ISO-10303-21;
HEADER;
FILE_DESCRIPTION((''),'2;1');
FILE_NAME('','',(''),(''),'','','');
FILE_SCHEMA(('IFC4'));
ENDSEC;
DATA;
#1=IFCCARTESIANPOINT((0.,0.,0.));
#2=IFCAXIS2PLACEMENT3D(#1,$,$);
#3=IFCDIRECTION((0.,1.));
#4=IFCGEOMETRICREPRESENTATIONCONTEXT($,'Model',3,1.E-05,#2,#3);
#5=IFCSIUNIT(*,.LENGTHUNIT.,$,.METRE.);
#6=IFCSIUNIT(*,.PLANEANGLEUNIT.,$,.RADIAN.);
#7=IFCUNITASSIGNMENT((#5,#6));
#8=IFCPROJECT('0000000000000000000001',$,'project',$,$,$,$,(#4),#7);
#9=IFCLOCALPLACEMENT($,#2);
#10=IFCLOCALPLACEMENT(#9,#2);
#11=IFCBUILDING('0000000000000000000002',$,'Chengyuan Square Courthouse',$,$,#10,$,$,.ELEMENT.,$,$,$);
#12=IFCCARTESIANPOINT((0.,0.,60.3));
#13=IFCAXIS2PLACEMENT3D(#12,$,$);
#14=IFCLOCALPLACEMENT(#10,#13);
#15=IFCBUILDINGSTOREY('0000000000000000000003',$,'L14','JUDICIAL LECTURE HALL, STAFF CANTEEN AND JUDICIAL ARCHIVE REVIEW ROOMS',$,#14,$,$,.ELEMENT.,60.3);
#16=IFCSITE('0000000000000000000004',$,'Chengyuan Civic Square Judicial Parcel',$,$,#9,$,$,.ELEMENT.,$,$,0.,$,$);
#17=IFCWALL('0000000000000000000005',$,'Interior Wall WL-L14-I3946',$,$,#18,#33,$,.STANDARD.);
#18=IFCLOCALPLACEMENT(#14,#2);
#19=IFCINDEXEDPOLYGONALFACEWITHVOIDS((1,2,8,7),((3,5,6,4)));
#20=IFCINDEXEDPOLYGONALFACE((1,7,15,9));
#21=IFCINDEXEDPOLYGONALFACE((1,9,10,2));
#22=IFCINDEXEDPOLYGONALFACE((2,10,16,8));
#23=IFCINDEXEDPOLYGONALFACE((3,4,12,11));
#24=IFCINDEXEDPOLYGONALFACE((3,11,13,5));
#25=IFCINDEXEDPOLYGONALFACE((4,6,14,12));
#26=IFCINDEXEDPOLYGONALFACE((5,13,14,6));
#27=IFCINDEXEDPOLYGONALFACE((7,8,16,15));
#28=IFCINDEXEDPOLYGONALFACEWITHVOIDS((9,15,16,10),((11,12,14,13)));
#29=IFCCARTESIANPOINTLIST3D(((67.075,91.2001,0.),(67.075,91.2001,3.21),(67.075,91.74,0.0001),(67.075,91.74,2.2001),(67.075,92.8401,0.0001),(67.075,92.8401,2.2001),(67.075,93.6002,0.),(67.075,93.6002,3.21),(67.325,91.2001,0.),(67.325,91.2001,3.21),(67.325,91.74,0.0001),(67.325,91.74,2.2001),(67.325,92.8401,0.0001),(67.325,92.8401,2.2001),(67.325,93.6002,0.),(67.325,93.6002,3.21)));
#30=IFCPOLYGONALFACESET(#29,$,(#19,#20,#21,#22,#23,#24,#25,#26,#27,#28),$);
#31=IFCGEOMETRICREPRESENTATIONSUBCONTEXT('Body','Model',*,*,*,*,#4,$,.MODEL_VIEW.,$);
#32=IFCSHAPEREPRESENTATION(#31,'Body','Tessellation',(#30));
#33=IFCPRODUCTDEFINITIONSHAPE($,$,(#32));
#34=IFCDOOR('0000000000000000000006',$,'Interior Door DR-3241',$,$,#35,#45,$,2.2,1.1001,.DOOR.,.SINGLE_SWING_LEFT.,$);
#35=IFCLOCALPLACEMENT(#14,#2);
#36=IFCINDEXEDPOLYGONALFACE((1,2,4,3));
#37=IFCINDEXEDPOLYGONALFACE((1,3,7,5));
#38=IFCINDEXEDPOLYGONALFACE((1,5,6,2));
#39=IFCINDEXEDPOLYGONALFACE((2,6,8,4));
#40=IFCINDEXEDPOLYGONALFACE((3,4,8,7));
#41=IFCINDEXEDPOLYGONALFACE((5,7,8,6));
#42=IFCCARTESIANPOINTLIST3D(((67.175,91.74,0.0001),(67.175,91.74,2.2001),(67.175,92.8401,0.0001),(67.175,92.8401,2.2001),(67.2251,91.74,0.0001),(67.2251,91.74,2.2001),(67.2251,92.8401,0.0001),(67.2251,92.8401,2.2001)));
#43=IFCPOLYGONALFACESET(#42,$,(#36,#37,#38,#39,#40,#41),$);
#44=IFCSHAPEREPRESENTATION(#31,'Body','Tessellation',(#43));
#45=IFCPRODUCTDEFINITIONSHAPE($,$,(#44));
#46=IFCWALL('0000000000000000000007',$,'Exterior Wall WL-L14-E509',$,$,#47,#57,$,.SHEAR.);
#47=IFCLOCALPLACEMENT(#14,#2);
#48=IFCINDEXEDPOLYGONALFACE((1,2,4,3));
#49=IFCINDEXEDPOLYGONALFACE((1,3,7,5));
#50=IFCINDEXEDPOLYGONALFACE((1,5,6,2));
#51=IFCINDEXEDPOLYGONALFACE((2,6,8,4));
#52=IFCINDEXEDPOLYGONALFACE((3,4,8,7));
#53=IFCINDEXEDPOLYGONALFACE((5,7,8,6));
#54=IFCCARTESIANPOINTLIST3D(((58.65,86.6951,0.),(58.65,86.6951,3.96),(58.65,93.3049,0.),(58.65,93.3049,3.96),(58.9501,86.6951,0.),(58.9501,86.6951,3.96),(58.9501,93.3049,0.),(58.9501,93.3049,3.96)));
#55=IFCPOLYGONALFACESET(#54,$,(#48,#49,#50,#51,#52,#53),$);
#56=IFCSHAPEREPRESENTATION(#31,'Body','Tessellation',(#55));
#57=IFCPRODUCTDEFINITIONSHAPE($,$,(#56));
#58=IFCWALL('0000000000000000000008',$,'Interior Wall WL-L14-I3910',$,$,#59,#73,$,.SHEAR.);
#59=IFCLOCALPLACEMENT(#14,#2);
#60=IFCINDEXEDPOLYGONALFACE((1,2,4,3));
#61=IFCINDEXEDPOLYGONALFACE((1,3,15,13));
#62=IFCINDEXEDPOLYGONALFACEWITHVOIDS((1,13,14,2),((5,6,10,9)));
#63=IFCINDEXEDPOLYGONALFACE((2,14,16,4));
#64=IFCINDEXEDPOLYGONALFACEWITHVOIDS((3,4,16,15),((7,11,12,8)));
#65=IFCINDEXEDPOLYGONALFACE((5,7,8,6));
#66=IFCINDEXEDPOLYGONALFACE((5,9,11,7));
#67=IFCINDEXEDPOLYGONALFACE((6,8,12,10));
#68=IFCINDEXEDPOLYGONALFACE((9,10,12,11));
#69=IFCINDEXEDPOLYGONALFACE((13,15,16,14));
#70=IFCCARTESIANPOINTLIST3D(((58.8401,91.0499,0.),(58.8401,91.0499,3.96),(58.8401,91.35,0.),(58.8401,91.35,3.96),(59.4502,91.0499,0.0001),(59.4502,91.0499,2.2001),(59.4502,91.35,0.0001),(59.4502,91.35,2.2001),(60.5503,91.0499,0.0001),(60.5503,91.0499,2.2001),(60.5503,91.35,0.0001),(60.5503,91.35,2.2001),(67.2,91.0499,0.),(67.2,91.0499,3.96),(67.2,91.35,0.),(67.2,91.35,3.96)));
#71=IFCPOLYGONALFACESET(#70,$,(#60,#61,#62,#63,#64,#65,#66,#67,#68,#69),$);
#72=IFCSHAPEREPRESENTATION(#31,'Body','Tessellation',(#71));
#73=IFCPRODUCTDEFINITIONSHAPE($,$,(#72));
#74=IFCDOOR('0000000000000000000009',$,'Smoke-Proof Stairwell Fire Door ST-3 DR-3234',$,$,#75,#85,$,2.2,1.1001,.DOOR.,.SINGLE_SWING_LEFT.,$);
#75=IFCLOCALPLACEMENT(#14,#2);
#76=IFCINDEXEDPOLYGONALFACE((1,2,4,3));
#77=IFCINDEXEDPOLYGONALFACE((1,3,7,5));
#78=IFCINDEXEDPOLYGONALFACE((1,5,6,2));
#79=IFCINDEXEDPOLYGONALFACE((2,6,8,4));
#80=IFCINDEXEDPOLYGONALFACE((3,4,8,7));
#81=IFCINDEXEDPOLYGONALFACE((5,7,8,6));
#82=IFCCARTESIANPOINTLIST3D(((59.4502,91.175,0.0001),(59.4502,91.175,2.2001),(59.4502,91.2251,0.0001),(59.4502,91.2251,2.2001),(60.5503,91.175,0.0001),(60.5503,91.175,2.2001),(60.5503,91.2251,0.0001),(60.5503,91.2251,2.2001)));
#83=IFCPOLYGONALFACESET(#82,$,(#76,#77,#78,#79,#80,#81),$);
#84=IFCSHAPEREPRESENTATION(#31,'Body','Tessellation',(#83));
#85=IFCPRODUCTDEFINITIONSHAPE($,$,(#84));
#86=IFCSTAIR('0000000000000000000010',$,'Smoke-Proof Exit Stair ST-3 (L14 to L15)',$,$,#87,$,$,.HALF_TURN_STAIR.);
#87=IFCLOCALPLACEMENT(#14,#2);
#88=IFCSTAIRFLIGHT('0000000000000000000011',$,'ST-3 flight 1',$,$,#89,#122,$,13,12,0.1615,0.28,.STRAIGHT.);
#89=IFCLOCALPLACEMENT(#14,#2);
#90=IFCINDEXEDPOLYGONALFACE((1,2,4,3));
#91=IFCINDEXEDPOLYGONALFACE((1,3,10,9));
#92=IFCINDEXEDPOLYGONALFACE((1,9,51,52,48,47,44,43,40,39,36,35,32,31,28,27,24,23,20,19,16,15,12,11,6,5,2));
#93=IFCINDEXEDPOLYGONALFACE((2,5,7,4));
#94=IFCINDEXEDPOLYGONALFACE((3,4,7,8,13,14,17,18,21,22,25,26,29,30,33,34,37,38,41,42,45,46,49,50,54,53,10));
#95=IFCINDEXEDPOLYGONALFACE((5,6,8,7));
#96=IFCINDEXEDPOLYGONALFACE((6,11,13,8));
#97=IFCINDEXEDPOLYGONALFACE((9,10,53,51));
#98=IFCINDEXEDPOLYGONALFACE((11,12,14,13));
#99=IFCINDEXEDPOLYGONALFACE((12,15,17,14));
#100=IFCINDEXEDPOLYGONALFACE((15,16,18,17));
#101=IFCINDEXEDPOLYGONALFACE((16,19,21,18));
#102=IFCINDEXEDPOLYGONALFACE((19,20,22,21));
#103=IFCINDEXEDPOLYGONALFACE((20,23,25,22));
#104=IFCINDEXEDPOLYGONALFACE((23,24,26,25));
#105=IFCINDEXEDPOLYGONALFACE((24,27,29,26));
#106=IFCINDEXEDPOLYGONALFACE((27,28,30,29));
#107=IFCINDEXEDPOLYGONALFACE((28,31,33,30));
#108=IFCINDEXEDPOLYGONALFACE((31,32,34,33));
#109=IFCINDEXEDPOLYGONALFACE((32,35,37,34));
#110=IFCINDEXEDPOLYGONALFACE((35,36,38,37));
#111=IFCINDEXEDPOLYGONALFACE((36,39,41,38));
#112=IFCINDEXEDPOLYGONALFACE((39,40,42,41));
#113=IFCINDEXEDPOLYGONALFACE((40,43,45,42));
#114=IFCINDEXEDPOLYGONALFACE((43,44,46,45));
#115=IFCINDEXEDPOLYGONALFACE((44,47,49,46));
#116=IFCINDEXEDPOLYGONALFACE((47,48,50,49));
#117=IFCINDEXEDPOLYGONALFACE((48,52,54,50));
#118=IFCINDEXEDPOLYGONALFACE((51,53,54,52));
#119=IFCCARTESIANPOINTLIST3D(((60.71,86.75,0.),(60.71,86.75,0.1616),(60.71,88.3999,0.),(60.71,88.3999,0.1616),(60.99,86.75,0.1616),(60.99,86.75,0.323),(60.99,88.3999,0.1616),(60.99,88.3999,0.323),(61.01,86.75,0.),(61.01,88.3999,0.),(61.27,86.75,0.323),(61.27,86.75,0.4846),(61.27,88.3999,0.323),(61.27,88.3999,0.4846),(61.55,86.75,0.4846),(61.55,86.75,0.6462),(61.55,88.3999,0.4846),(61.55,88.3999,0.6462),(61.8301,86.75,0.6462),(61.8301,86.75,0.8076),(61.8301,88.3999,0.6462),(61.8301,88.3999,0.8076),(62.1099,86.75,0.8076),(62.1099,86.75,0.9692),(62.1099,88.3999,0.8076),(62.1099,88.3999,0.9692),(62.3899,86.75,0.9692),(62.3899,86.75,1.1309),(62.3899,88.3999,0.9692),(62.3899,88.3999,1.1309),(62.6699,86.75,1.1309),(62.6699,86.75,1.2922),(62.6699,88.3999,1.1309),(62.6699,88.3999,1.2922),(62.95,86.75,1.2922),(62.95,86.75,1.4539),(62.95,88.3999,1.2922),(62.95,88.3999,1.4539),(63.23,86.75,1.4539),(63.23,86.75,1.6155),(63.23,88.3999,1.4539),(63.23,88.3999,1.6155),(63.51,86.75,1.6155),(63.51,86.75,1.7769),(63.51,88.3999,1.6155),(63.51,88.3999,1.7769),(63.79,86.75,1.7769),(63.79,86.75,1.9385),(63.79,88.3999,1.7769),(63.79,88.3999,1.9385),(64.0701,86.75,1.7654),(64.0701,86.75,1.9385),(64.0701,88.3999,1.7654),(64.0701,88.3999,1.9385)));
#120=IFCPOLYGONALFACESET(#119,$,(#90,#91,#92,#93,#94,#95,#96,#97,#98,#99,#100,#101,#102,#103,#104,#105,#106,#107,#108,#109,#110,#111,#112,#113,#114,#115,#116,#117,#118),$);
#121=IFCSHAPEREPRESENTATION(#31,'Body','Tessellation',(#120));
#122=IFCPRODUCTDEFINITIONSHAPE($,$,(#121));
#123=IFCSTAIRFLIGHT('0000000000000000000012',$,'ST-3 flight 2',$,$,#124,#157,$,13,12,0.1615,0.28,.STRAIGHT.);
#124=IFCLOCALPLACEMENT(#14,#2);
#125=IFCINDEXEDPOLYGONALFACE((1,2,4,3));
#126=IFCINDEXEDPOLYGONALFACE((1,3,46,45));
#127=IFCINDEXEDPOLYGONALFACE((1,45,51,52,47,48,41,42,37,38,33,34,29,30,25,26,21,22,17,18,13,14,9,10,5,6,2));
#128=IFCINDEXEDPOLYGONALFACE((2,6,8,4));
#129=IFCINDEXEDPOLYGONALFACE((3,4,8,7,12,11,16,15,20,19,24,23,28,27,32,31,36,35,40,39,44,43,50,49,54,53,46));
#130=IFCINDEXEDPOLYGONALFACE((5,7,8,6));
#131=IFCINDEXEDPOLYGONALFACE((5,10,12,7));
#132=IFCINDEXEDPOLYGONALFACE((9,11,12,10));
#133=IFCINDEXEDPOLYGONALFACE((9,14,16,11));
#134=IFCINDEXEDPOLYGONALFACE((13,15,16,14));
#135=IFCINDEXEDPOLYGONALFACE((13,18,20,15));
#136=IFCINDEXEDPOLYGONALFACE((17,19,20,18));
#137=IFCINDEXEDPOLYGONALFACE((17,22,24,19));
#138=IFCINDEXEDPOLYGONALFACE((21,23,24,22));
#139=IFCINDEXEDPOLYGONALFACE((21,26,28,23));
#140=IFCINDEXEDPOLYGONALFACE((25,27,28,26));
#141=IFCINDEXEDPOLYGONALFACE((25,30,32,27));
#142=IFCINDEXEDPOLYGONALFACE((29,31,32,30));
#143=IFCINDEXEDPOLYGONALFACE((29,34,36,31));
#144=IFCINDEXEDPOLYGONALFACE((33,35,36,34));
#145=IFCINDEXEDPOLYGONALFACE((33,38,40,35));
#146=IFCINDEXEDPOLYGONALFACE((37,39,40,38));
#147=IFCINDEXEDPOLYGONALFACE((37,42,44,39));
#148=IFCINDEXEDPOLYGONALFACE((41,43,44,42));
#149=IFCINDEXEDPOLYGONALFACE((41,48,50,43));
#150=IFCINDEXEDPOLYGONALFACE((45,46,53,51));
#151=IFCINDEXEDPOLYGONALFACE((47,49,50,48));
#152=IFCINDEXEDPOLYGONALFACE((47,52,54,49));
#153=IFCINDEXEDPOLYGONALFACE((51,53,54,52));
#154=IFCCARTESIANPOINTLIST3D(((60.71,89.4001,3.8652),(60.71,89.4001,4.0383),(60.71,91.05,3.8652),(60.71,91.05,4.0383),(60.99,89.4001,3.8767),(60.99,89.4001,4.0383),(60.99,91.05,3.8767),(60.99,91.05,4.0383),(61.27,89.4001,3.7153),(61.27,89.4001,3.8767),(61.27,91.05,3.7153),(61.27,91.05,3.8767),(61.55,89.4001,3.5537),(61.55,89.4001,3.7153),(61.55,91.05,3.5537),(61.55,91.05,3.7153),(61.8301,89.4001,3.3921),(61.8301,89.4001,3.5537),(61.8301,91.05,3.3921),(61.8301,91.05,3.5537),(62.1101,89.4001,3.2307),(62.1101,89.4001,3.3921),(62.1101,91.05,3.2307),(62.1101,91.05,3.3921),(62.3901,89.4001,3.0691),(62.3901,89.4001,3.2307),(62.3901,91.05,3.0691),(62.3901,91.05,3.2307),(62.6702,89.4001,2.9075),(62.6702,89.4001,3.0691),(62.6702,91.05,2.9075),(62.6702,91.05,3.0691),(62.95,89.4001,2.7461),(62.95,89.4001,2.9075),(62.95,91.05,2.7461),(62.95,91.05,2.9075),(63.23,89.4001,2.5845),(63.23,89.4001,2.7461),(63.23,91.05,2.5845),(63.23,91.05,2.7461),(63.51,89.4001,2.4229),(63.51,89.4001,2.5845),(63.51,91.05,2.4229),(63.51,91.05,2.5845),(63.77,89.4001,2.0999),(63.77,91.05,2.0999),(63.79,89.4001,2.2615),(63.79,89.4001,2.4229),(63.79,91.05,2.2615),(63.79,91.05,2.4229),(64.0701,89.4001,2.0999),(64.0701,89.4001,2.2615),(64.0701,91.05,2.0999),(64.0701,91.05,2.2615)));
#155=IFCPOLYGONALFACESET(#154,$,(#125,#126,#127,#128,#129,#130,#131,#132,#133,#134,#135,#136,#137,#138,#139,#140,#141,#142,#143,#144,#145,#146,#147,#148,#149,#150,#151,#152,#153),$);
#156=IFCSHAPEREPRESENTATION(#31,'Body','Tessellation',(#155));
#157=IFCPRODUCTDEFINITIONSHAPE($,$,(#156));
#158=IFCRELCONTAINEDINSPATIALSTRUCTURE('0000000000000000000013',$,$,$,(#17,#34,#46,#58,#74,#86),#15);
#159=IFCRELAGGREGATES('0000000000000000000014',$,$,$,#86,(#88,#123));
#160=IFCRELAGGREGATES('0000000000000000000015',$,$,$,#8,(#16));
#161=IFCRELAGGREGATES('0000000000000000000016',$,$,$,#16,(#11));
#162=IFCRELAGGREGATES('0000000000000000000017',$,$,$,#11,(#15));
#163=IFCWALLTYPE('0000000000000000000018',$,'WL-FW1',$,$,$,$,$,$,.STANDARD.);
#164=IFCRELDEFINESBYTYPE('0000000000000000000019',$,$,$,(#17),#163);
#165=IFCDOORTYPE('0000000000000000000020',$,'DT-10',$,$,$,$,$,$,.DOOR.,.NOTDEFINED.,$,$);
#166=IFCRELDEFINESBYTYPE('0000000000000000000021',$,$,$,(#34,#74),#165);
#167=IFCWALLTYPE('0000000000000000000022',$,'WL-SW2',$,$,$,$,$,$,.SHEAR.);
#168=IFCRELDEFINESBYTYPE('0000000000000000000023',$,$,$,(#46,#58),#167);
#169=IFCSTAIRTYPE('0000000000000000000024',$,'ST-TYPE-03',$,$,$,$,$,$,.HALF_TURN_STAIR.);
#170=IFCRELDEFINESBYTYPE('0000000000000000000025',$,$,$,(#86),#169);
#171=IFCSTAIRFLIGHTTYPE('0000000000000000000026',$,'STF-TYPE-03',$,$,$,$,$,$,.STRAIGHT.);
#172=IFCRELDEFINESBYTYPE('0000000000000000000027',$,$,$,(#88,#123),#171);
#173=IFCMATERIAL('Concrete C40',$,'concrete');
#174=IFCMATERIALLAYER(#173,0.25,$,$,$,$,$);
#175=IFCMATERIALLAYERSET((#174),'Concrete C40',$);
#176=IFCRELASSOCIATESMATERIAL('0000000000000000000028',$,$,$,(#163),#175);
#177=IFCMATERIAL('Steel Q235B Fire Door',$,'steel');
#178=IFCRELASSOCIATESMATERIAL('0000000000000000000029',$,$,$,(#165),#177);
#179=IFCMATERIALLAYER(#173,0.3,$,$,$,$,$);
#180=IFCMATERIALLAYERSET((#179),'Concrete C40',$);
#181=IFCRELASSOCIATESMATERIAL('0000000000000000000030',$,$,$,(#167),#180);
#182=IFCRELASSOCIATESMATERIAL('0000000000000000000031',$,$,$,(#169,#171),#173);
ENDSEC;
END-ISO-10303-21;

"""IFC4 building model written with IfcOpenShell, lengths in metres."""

from ifc_helpers import new_model, si_unit, direction, frame, frame_2d, origin, place, context, subcontext, project, spatial, polyline, rectangle, outline, extrude, material, layer, layer_set, type_object, element, fill, aggregate, save


model = new_model("IFC4")

# Units and contexts
model_context = context("Model", 3, precision=1e-05, world=origin(), true_north=direction((0.0, 1.0)))
body_context = subcontext(model_context, "Body", "Model", "MODEL_VIEW")
ifc_project = project(units=[si_unit("LENGTHUNIT", "METRE"), si_unit("PLANEANGLEUNIT", "RADIAN")], contexts=[model_context])

# Site, building, storey
site_placement = place(None, origin())
site = spatial("IfcSite", under=ifc_project, at=site_placement, Name="Chengyuan Civic Square Judicial Parcel", CompositionType="ELEMENT", RefElevation=0.0)
building_placement = place(site_placement, origin())
building = spatial("IfcBuilding", under=site, at=building_placement, Name="Chengyuan Square Courthouse", CompositionType="ELEMENT")
storey_placement = place(building_placement, frame((0.0, 0.0, 60.3)))
storey = spatial("IfcBuildingStorey", under=building, at=storey_placement, Name="L14", Description="JUDICIAL LECTURE HALL, STAFF CANTEEN AND JUDICIAL ARCHIVE REVIEW ROOMS", CompositionType="ELEMENT", Elevation=60.3)

# Wall, opening, door
ifc_material_1 = material(Name="Concrete C40", Category="concrete")
ifc_layer_1 = layer(ifc_material_1, 0.25)
ifc_layer_set_1 = layer_set([ifc_layer_1], Name="Concrete C40")
wall_type_1 = type_object("IfcWallType", Name="WL-FW1", PredefinedType="STANDARD", material=ifc_layer_set_1)
wall_1_placement = place(storey_placement, frame((67.2, 91.2, 0.0), z_axis=(0.0, 0.0, 1.0), x_axis=(0.0, 1.0, 0.0)))
wall_1 = element("IfcWall", 1, at=wall_1_placement, inside=storey, type_object=wall_type_1, Name="Interior Wall WL-L14-I3946", PredefinedType="STANDARD", context=body_context, shape_type="SweptSolid", body=[
    extrude(rectangle(XDim=2.4001, YDim=0.25, at=frame_2d((1.2002, 0.0))), origin(), (0.0, 0.0, 1.0), 3.21),
])
opening_1_placement = place(wall_1_placement, frame((0.54, 0.0, 0.0)))
opening_1 = element("IfcOpeningElement", 2, at=opening_1_placement, cuts=wall_1, PredefinedType="OPENING", context=body_context, shape_type="SweptSolid", body=[
    extrude(rectangle(XDim=1.1001, YDim=2.2, at=frame_2d((0.55, 1.1001))), frame((0.0, 0.137, 0.0), z_axis=(0.0, -1.0, 0.0), x_axis=(1.0, 0.0, 0.0)), (0.0, 0.0, 1.0), 0.2739),
])
ifc_material_2 = material(Name="Steel Q235B Fire Door", Category="steel")
door_type = type_object("IfcDoorType", Name="DT-10", OperationType="NOTDEFINED", PredefinedType="DOOR", material=ifc_material_2)
door_1_placement = place(opening_1_placement, origin())
door_1 = element("IfcDoor", 3, at=door_1_placement, inside=storey, type_object=door_type, Name="Interior Door DR-3241", OperationType="SINGLE_SWING_LEFT", OverallHeight=2.2, OverallWidth=1.1001, PredefinedType="DOOR", context=body_context, shape_type="SweptSolid", body=[
    extrude(rectangle(XDim=1.1001, YDim=2.2, at=frame_2d((0.55, 1.1001))), frame((0.0, 0.0249, 0.0), z_axis=(0.0, -1.0, 0.0), x_axis=(1.0, 0.0, 0.0)), (0.0, 0.0, 1.0), 0.05),
])
fill(opening_1, door_1)

# Wall
ifc_layer_2 = layer(ifc_material_1, 0.3)
ifc_layer_set_2 = layer_set([ifc_layer_2], Name="Concrete C40")
wall_type_2 = type_object("IfcWallType", Name="WL-SW2", PredefinedType="SHEAR", material=ifc_layer_set_2)
wall_2_placement = place(storey_placement, frame((58.8, 86.6951, 0.0), z_axis=(0.0, 0.0, 1.0), x_axis=(0.0, 1.0, 0.0)))
element("IfcWall", 4, at=wall_2_placement, inside=storey, type_object=wall_type_2, Name="Exterior Wall WL-L14-E509", PredefinedType="SHEAR", context=body_context, shape_type="SweptSolid", body=[
    extrude(rectangle(XDim=6.6099, YDim=0.3, at=frame_2d((3.3049, 0.0))), origin(), (0.0, 0.0, 1.0), 3.96),
])

# Wall, opening, door
wall_3_placement = place(storey_placement, frame((58.8401, 91.2, 0.0), z_axis=(0.0, 0.0, 1.0), x_axis=(1.0, 0.0, 0.0)))
wall_3 = element("IfcWall", 5, at=wall_3_placement, inside=storey, type_object=wall_type_2, Name="Interior Wall WL-L14-I3910", PredefinedType="SHEAR", context=body_context, shape_type="SweptSolid", body=[
    extrude(rectangle(XDim=8.3599, YDim=0.3, at=frame_2d((4.1799, 0.0))), origin(), (0.0, 0.0, 1.0), 3.96),
])
opening_2_placement = place(wall_3_placement, frame((0.6101, 0.0, 0.0)))
opening_2 = element("IfcOpeningElement", 6, at=opening_2_placement, cuts=wall_3, PredefinedType="OPENING", context=body_context, shape_type="SweptSolid", body=[
    extrude(rectangle(XDim=1.1001, YDim=2.2, at=frame_2d((0.55, 1.1001))), frame((0.0, 0.1621, 0.0), z_axis=(0.0, -1.0, 0.0), x_axis=(1.0, 0.0, 0.0)), (0.0, 0.0, 1.0), 0.324),
])
door_2_placement = place(opening_2_placement, frame((1.1001, 0.0, 0.0), z_axis=(0.0, 0.0, 1.0), x_axis=(-1.0, 0.0, 0.0)))
door_2 = element("IfcDoor", 7, at=door_2_placement, inside=storey, type_object=door_type, Name="Smoke-Proof Stairwell Fire Door ST-3 DR-3234", OperationType="SINGLE_SWING_LEFT", OverallHeight=2.2, OverallWidth=1.1001, PredefinedType="DOOR", context=body_context, shape_type="SweptSolid", body=[
    extrude(rectangle(XDim=1.1001, YDim=2.2, at=frame_2d((0.55, 1.1001))), frame((0.0, 0.0249, 0.0), z_axis=(0.0, -1.0, 0.0), x_axis=(1.0, 0.0, 0.0)), (0.0, 0.0, 1.0), 0.05),
])
fill(opening_2, door_2)

# Stair, stair flights
stair_type = type_object("IfcStairType", Name="ST-TYPE-03", PredefinedType="HALF_TURN_STAIR", material=ifc_material_1)
stair_placement = place(storey_placement, origin())
stair = element("IfcStair", 8, at=stair_placement, inside=storey, type_object=stair_type, Name="Smoke-Proof Exit Stair ST-3 (L14 to L15)", PredefinedType="HALF_TURN_STAIR")
stair_flight_type = type_object("IfcStairFlightType", Name="STF-TYPE-03", PredefinedType="STRAIGHT", material=ifc_material_1)
stair_flight_1_placement = place(storey_placement, frame((60.71, 87.575, 0.0), z_axis=(0.0, 0.0, 1.0), x_axis=(1.0, 0.0, 0.0)))
stair_flight_1 = element("IfcStairFlight", 9, at=stair_flight_1_placement, type_object=stair_flight_type, Name="ST-3 flight 1", NumberOfRisers=13, NumberOfTreads=12, PredefinedType="STRAIGHT", RiserHeight=0.1615, TreadLength=0.28, context=body_context, shape_type="SweptSolid", body=[
    extrude(outline(polyline([(0.0, 0.0), (0.0, 0.1616), (0.28, 0.1616), (0.28, 0.323), (0.5601, 0.323), (0.5601, 0.4846), (0.8401, 0.4846), (0.8401, 0.6462), (1.1201, 0.6462), (1.1201, 0.8076), (1.3999, 0.8076), (1.3999, 0.9692), (1.6799, 0.9692), (1.6799, 1.1309), (1.96, 1.1309), (1.96, 1.2922), (2.24, 1.2922), (2.24, 1.4539), (2.52, 1.4539), (2.52, 1.6155), (2.8, 1.6155), (2.8, 1.7769), (3.0801, 1.7769), (3.0801, 1.9385), (3.3601, 1.9385), (3.3601, 2.1001), (3.3601, 1.7654), (0.3, 0.0), (0.0, 0.0)])), frame((0.0, 0.825, 0.0), z_axis=(0.0, -1.0, 0.0), x_axis=(1.0, 0.0, 0.0)), (0.0, 0.0, 1.0), 1.6499),
])
stair_flight_2_placement = place(storey_placement, frame((64.0701, 90.2251, 2.0999), z_axis=(0.0, 0.0, 1.0), x_axis=(-1.0, 0.0, 0.0)))
stair_flight_2 = element("IfcStairFlight", 10, at=stair_flight_2_placement, type_object=stair_flight_type, Name="ST-3 flight 2", NumberOfRisers=13, NumberOfTreads=12, PredefinedType="STRAIGHT", RiserHeight=0.1615, TreadLength=0.28, context=body_context, shape_type="SweptSolid", body=[
    extrude(outline(polyline([(0.0, 0.0), (0.0, 0.1616), (0.28, 0.1616), (0.28, 0.323), (0.5601, 0.323), (0.5601, 0.4846), (0.8401, 0.4846), (0.8401, 0.6462), (1.1201, 0.6462), (1.1201, 0.8076), (1.3999, 0.8076), (1.3999, 0.9692), (1.6799, 0.9692), (1.6799, 1.1309), (1.96, 1.1309), (1.96, 1.2922), (2.24, 1.2922), (2.24, 1.4539), (2.52, 1.4539), (2.52, 1.6155), (2.8, 1.6155), (2.8, 1.7769), (3.0801, 1.7769), (3.0801, 1.9385), (3.3601, 1.9385), (3.3601, 2.1001), (3.3601, 1.7654), (0.3, 0.0), (0.0, 0.0)])), frame((0.0, 0.825, 0.0), z_axis=(0.0, -1.0, 0.0), x_axis=(1.0, 0.0, 0.0)), (0.0, 0.0, 1.0), 1.6499),
])
aggregate(stair, [stair_flight_1, stair_flight_2])

save(model, "model.ifc")
